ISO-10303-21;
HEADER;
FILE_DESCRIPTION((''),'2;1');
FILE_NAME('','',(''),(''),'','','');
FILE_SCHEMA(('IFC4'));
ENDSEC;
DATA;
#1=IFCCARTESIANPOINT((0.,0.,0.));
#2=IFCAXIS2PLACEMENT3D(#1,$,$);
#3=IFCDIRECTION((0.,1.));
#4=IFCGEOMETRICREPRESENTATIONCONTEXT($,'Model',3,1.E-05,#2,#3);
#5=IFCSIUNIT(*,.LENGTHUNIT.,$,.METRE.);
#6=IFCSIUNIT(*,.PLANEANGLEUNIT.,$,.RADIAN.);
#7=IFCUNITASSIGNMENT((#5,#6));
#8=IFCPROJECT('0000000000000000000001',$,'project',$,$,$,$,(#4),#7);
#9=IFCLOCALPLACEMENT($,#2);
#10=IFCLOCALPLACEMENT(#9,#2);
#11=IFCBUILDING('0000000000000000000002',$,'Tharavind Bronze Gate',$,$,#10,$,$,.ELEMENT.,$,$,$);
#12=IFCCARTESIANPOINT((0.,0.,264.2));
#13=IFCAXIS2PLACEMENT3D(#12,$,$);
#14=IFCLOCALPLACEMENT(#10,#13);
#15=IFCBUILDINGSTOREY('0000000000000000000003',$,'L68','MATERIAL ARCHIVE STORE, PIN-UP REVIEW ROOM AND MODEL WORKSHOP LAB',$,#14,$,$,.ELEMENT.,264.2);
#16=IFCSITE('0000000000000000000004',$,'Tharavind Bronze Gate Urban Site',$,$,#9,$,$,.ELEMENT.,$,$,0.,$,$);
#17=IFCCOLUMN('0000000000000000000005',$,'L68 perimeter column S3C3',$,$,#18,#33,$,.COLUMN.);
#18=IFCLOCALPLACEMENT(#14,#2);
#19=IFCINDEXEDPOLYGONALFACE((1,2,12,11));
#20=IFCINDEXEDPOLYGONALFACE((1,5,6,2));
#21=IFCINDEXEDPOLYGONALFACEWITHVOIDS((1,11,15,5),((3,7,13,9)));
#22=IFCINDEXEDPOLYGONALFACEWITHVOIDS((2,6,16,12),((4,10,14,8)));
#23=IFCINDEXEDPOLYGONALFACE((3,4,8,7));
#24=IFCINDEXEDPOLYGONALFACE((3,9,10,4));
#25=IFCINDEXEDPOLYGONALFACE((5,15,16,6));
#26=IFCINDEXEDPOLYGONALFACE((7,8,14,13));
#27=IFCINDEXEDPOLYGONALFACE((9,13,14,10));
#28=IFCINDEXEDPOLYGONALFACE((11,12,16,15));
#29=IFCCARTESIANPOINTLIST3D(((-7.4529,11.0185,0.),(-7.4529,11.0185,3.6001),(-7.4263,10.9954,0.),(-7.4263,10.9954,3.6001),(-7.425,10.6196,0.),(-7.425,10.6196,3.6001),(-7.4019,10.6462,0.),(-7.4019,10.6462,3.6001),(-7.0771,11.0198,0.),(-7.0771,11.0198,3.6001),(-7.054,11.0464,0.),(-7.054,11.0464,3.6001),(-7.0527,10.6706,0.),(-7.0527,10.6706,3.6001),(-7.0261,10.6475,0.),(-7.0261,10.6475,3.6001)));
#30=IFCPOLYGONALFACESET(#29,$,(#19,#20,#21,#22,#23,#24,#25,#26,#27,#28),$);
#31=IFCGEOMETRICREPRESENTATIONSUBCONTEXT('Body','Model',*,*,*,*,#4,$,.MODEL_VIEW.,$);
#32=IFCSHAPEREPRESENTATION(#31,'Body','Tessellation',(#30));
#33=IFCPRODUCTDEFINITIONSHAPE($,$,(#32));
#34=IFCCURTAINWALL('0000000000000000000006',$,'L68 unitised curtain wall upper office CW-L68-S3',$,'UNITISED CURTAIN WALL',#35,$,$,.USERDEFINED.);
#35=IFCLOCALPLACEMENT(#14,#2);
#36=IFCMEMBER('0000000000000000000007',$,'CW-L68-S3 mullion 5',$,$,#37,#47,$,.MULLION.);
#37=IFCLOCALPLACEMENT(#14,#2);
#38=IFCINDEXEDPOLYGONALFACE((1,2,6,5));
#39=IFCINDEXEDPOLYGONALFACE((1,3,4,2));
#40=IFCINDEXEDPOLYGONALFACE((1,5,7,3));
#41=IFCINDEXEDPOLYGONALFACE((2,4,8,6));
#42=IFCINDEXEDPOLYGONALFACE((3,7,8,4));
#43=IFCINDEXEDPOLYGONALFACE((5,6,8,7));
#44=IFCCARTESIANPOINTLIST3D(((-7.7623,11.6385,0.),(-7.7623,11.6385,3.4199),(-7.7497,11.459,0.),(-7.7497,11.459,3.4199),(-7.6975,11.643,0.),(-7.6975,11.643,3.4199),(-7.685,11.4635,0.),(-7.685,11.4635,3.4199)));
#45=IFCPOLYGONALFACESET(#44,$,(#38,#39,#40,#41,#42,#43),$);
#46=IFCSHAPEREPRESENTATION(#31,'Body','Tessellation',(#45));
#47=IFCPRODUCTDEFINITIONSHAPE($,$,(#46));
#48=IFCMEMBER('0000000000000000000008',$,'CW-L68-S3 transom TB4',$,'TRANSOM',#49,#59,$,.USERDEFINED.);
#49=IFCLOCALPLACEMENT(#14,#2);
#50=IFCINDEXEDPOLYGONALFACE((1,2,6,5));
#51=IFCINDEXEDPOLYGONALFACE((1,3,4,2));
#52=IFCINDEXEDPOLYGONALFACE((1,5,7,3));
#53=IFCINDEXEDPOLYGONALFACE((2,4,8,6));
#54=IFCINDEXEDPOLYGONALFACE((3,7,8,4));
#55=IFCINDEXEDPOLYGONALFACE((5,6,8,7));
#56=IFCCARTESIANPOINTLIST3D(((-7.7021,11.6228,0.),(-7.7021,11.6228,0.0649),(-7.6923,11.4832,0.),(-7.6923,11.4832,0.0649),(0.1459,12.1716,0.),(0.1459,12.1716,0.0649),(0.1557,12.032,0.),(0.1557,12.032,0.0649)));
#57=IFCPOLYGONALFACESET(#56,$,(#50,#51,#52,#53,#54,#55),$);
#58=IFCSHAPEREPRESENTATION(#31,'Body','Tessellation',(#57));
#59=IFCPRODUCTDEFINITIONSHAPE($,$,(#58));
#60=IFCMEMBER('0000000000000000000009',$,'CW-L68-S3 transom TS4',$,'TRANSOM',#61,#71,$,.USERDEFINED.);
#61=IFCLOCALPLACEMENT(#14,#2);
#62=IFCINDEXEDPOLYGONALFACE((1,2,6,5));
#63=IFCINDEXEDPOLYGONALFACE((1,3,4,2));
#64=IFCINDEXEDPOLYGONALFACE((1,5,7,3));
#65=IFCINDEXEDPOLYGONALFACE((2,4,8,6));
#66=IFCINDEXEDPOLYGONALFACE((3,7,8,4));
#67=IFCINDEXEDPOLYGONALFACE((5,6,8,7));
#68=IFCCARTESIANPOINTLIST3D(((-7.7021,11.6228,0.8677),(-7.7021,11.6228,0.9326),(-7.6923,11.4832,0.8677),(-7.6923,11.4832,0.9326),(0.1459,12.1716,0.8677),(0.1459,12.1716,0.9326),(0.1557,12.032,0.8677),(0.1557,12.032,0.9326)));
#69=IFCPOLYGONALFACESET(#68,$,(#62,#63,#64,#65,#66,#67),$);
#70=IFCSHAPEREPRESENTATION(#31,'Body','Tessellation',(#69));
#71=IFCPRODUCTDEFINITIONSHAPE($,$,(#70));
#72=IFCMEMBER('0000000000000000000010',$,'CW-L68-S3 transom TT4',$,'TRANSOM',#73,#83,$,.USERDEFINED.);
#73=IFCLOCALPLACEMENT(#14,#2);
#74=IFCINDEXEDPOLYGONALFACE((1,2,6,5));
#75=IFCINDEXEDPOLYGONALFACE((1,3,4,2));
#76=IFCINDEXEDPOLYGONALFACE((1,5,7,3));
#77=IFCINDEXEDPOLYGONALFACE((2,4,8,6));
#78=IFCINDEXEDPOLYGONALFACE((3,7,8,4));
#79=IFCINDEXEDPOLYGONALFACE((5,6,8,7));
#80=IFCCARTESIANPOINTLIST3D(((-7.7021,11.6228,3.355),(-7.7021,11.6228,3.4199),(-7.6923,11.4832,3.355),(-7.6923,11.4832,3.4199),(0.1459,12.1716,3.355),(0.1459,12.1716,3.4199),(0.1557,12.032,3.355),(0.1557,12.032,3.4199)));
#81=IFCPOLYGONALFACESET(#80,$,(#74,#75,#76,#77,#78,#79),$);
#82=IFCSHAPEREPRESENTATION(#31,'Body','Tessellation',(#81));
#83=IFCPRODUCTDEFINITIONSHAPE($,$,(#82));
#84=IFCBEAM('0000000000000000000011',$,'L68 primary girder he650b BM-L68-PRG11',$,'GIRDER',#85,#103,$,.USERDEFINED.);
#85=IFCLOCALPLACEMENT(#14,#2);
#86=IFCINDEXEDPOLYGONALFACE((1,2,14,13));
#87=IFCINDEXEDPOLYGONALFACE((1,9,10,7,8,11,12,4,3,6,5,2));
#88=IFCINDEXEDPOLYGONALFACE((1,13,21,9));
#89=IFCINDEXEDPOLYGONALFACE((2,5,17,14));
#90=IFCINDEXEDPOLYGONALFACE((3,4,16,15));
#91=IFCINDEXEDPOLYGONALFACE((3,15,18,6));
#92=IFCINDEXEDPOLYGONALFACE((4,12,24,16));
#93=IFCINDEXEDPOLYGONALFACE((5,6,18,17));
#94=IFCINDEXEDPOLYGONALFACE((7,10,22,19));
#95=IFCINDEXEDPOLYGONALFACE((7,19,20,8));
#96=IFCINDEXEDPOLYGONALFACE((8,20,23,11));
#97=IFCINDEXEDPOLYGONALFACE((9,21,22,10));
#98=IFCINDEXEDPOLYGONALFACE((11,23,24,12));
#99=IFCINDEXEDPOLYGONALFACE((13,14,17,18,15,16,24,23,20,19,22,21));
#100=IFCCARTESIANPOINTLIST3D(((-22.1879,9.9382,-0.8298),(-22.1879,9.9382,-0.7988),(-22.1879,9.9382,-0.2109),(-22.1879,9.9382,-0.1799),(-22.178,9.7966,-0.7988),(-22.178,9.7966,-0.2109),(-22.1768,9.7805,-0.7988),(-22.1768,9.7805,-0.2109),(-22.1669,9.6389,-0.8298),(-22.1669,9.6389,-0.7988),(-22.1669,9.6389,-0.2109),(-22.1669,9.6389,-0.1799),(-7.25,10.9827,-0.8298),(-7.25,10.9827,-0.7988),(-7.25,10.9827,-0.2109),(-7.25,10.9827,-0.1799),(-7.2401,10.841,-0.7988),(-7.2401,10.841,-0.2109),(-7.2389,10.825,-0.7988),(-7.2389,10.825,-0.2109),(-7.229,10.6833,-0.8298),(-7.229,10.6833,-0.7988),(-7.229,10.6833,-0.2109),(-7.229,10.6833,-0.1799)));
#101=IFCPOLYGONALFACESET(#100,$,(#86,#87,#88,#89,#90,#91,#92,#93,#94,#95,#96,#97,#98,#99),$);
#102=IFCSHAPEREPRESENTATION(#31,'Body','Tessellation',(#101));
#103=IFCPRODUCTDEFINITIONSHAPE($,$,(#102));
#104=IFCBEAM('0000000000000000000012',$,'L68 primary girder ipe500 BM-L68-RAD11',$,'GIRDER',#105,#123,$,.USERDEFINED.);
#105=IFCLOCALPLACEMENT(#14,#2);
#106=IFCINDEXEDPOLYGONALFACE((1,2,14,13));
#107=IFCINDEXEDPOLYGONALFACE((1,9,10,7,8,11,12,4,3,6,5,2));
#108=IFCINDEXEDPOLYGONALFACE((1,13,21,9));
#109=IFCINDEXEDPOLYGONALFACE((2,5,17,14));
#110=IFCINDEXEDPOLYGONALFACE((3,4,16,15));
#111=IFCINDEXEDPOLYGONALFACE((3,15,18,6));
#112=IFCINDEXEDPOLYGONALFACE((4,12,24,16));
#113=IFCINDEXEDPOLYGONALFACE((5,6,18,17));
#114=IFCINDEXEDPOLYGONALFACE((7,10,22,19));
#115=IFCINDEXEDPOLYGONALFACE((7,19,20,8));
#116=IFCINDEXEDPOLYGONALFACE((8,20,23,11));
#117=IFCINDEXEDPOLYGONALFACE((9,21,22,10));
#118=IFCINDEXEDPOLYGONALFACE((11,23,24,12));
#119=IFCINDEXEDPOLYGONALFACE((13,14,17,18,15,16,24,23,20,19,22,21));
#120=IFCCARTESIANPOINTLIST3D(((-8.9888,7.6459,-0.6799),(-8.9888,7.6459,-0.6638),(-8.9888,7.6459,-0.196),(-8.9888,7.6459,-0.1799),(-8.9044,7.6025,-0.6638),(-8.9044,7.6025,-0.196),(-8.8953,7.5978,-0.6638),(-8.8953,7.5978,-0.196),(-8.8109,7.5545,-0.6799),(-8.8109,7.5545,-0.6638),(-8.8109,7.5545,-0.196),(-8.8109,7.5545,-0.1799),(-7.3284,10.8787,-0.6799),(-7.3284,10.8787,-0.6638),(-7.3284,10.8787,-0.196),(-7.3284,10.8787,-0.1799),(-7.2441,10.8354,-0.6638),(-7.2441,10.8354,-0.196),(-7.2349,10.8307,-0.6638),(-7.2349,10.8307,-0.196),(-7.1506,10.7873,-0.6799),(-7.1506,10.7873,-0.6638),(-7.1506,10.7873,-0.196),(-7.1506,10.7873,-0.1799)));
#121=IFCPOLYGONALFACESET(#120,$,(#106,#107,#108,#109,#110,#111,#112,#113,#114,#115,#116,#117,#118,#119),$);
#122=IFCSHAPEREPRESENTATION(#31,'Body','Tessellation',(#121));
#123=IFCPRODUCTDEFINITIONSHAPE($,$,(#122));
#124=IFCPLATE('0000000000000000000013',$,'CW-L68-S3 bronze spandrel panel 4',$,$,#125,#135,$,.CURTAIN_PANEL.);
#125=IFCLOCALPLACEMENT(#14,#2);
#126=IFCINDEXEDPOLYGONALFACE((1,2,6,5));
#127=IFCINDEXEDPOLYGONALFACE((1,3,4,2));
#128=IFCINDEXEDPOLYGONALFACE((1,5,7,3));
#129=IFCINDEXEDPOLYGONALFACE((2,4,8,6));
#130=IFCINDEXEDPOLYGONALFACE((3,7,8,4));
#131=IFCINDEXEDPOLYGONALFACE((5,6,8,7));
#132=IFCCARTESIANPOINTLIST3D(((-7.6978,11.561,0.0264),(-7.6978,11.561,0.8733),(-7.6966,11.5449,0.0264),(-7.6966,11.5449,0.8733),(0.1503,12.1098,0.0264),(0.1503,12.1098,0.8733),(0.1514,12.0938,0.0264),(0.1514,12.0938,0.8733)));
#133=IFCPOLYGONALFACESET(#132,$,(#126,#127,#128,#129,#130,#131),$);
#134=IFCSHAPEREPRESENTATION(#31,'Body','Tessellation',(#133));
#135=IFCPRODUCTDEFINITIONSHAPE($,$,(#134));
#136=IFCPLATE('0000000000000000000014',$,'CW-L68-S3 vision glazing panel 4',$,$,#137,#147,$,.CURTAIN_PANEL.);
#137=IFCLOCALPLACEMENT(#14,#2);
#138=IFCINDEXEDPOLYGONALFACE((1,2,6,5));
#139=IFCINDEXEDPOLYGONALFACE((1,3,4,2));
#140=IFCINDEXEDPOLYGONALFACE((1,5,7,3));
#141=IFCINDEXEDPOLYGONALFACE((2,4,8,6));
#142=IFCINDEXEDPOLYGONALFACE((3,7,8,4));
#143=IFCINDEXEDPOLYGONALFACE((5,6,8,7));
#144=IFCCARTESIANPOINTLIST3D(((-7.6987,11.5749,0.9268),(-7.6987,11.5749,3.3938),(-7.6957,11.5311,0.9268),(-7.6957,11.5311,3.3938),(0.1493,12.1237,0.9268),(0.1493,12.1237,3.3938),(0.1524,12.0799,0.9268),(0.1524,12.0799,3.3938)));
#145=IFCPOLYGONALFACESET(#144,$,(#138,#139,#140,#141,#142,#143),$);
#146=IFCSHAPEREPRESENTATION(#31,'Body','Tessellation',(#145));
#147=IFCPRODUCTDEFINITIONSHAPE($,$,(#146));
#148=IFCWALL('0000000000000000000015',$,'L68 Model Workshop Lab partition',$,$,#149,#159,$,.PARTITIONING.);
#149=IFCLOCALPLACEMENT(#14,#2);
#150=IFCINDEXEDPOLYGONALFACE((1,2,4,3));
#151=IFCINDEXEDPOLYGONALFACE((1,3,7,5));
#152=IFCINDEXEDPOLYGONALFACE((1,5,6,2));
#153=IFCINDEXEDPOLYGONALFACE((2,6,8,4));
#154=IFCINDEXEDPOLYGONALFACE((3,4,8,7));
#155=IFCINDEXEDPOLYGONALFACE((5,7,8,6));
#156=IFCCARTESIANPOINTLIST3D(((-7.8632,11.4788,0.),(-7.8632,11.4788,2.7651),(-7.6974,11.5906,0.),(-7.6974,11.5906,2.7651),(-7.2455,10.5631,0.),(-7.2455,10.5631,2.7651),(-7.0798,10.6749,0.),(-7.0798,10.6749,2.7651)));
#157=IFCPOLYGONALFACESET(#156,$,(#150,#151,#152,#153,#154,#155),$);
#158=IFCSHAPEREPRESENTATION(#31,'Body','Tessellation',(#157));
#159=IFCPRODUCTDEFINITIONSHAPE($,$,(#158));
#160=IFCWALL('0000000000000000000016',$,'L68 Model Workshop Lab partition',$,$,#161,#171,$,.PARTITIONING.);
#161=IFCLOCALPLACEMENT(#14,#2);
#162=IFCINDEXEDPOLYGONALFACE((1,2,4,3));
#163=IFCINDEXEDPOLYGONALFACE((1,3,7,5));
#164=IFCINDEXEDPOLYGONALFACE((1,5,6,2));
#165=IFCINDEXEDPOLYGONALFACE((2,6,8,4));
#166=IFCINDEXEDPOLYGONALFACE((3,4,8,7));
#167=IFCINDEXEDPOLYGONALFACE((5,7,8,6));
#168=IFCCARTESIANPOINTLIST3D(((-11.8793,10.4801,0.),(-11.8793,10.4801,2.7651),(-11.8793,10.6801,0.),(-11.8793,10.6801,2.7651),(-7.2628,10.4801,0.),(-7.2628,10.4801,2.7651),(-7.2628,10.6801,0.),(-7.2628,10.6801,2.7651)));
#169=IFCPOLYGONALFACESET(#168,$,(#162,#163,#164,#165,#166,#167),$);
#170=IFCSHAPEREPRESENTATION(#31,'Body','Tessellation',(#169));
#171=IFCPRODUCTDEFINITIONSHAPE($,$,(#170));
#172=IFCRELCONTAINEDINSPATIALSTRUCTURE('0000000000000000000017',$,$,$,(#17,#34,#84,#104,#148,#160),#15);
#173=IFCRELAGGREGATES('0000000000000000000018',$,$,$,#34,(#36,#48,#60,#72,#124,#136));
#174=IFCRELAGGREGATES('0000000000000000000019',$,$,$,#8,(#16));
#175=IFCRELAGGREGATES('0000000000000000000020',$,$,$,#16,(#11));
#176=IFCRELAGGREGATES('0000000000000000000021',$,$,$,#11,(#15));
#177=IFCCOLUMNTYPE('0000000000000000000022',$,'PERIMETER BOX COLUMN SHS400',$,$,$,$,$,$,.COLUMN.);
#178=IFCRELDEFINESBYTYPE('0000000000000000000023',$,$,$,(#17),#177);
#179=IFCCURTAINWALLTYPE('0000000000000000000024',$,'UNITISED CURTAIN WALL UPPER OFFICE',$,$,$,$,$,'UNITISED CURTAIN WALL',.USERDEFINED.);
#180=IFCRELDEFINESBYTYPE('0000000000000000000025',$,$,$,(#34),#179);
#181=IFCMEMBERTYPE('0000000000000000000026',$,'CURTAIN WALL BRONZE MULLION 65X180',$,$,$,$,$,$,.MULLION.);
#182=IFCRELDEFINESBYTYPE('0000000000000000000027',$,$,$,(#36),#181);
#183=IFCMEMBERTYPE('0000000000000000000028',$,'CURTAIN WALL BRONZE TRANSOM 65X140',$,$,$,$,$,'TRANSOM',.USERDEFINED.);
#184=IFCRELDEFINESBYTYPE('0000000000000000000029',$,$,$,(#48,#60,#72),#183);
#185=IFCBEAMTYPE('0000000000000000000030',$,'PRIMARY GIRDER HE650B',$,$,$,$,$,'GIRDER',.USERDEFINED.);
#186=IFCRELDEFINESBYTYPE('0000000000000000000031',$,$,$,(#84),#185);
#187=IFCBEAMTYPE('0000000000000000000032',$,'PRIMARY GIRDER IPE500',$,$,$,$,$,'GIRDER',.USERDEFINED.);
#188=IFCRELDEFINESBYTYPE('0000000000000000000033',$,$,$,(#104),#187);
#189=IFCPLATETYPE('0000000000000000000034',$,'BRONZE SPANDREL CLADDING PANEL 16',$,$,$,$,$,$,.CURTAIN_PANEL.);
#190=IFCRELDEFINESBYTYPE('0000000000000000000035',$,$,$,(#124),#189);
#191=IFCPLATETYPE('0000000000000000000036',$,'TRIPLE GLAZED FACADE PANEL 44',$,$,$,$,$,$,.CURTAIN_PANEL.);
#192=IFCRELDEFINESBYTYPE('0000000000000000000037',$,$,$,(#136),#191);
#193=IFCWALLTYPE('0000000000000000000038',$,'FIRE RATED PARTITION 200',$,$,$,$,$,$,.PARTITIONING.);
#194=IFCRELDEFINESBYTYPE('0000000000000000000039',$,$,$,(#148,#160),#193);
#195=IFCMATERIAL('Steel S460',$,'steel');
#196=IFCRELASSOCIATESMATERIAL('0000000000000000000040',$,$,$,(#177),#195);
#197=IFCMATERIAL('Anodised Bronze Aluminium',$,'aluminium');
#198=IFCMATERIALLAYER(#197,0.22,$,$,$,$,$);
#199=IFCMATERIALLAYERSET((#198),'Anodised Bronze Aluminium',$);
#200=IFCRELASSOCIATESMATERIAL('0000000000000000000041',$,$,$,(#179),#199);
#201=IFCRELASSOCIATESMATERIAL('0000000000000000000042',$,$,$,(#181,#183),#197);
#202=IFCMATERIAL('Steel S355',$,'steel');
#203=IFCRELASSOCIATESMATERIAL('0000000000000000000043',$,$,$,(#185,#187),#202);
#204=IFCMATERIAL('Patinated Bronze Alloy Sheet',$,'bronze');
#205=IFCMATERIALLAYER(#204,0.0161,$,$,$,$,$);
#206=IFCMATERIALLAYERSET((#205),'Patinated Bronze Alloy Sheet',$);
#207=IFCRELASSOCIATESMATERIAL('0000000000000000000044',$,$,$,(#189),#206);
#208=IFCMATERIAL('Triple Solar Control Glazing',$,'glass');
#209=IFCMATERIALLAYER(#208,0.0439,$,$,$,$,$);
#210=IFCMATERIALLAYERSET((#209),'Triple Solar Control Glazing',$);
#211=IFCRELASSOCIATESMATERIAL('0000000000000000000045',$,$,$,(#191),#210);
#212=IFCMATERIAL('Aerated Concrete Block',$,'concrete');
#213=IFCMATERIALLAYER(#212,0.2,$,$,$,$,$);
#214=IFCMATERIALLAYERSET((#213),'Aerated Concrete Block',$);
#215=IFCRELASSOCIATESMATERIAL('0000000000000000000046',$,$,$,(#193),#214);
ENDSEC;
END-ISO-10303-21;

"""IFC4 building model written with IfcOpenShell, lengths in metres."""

from ifc_helpers import new_model, si_unit, direction, frame, frame_2d, origin, origin_2d, place, context, subcontext, project, spatial, rectangle, hollow_rectangle, i_section, extrude, material, layer, layer_set, material_profile, profile_set, type_object, element, aggregate, save


model = new_model("IFC4")

# Units and contexts
model_context = context("Model", 3, precision=1e-05, world=origin(), true_north=direction((0.0, 1.0)))
body_context = subcontext(model_context, "Body", "Model", "MODEL_VIEW")
ifc_project = project(units=[si_unit("LENGTHUNIT", "METRE"), si_unit("PLANEANGLEUNIT", "RADIAN")], contexts=[model_context])

# Site, building, storey
site_placement = place(None, origin())
site = spatial("IfcSite", under=ifc_project, at=site_placement, Name="Tharavind Bronze Gate Urban Site", CompositionType="ELEMENT", RefElevation=0.0)
building_placement = place(site_placement, origin())
building = spatial("IfcBuilding", under=site, at=building_placement, Name="Tharavind Bronze Gate", CompositionType="ELEMENT")
storey_placement = place(building_placement, frame((0.0, 0.0, 264.2)))
storey = spatial("IfcBuildingStorey", under=building, at=storey_placement, Name="L68", Description="MATERIAL ARCHIVE STORE, PIN-UP REVIEW ROOM AND MODEL WORKSHOP LAB", CompositionType="ELEMENT", Elevation=264.2)

# Column
ifc_material_1 = material(Name="Steel S460", Category="steel")
ifc_material_profile_1 = material_profile(ifc_material_1, hollow_rectangle(XDim=0.3999, YDim=0.3999, WallThickness=0.0249, at=origin_2d()), Name="SHS400X25")
ifc_profile_set_1 = profile_set([ifc_material_profile_1], Name="Steel S460")
column_type = type_object("IfcColumnType", Name="PERIMETER BOX COLUMN SHS400", PredefinedType="COLUMN", material=ifc_profile_set_1)
column_placement = place(storey_placement, frame((-7.2395, 10.833, 0.0), z_axis=(0.0, 0.0, 1.0), x_axis=(0.997564, 0.069758, 0.0)))
element("IfcColumn", 1, at=column_placement, inside=storey, type_object=column_type, Name="L68 perimeter column S3C3", PredefinedType="COLUMN", context=body_context, shape_type="SweptSolid", body=[
    extrude(hollow_rectangle(XDim=0.3999, YDim=0.3999, WallThickness=0.0249, at=origin_2d()), origin(), (0.0, 0.0, 1.0), 3.6001),
])

# Curtain wall, members
ifc_material_2 = material(Name="Anodised Bronze Aluminium", Category="aluminium")
ifc_layer_1 = layer(ifc_material_2, 0.22)
ifc_layer_set_1 = layer_set([ifc_layer_1], Name="Anodised Bronze Aluminium")
curtain_wall_type = type_object("IfcCurtainWallType", Name="UNITISED CURTAIN WALL UPPER OFFICE", ElementType="UNITISED CURTAIN WALL", PredefinedType="USERDEFINED", material=ifc_layer_set_1)
curtain_wall_placement = place(storey_placement, origin())
curtain_wall = element("IfcCurtainWall", 2, at=curtain_wall_placement, inside=storey, type_object=curtain_wall_type, Name="L68 unitised curtain wall upper office CW-L68-S3", ObjectType="UNITISED CURTAIN WALL", PredefinedType="USERDEFINED")
member_type_1 = type_object("IfcMemberType", Name="CURTAIN WALL BRONZE MULLION 65X180", PredefinedType="MULLION", material=ifc_material_2)
member_1_placement = place(storey_placement, frame((-7.7236, 11.551, 0.0), z_axis=(0.0, 0.0, 1.0), x_axis=(-0.997564, -0.06976, 0.0)))
member_1 = element("IfcMember", 3, at=member_1_placement, type_object=member_type_1, Name="CW-L68-S3 mullion 5", PredefinedType="MULLION", context=body_context, shape_type="SweptSolid", body=[
    extrude(rectangle(XDim=0.0649, YDim=0.1799, at=origin_2d()), origin(), (0.0, 0.0, 1.0), 3.4199),
])
member_type_2 = type_object("IfcMemberType", Name="CURTAIN WALL BRONZE TRANSOM 65X140", ElementType="TRANSOM", PredefinedType="USERDEFINED", material=ifc_material_2)
member_2_placement = place(storey_placement, frame((-3.7732, 11.8274, 0.0), z_axis=(0.0, 0.0, 1.0), x_axis=(-0.997564, -0.06976, 0.0)))
member_2 = element("IfcMember", 4, at=member_2_placement, type_object=member_type_2, Name="CW-L68-S3 transom TB4", ObjectType="TRANSOM", PredefinedType="USERDEFINED", context=body_context, shape_type="SweptSolid", body=[
    extrude(rectangle(XDim=7.8672, YDim=0.1399, at=origin_2d()), origin(), (0.0, 0.0, 1.0), 0.0649),
])
member_3_placement = place(storey_placement, frame((-3.7732, 11.8274, 0.8677), z_axis=(0.0, 0.0, 1.0), x_axis=(-0.997564, -0.06976, 0.0)))
member_3 = element("IfcMember", 5, at=member_3_placement, type_object=member_type_2, Name="CW-L68-S3 transom TS4", ObjectType="TRANSOM", PredefinedType="USERDEFINED", context=body_context, shape_type="SweptSolid", body=[
    extrude(rectangle(XDim=7.8672, YDim=0.1399, at=origin_2d()), origin(), (0.0, 0.0, 1.0), 0.0649),
])
member_4_placement = place(storey_placement, frame((-3.7732, 11.8274, 3.355), z_axis=(0.0, 0.0, 1.0), x_axis=(-0.997564, -0.06976, 0.0)))
member_4 = element("IfcMember", 6, at=member_4_placement, type_object=member_type_2, Name="CW-L68-S3 transom TT4", ObjectType="TRANSOM", PredefinedType="USERDEFINED", context=body_context, shape_type="SweptSolid", body=[
    extrude(rectangle(XDim=7.8672, YDim=0.1399, at=origin_2d()), origin(), (0.0, 0.0, 1.0), 0.0649),
])

# Beams
ifc_material_3 = material(Name="Steel S355", Category="steel")
ifc_material_profile_2 = material_profile(ifc_material_3, i_section(OverallWidth=0.3, OverallDepth=0.6499, WebThickness=0.0161, FlangeThickness=0.031, at=origin_2d()), Name="HE650B")
ifc_profile_set_2 = profile_set([ifc_material_profile_2], Name="Steel S355")
beam_type_1 = type_object("IfcBeamType", Name="PRIMARY GIRDER HE650B", ElementType="GIRDER", PredefinedType="USERDEFINED", material=ifc_profile_set_2)
beam_1_placement = place(storey_placement, frame((-7.2395, 10.833, -0.5049), z_axis=(-0.997565, -0.069748, 0.0), x_axis=(0.069748, -0.997565, 0.0)))
element("IfcBeam", 7, at=beam_1_placement, inside=storey, type_object=beam_type_1, Name="L68 primary girder he650b BM-L68-PRG11", ObjectType="GIRDER", PredefinedType="USERDEFINED", context=body_context, shape_type="SweptSolid", body=[
    extrude(i_section(OverallWidth=0.3, OverallDepth=0.6499, WebThickness=0.0161, FlangeThickness=0.031, at=origin_2d()), origin(), (0.0, 0.0, 1.0), 14.9744),
])
ifc_material_profile_3 = material_profile(ifc_material_3, i_section(OverallWidth=0.2, OverallDepth=0.5, WebThickness=0.0103, FlangeThickness=0.0161, at=origin_2d()), Name="IPE500")
ifc_profile_set_3 = profile_set([ifc_material_profile_3], Name="Steel S355")
beam_type_2 = type_object("IfcBeamType", Name="PRIMARY GIRDER IPE500", ElementType="GIRDER", PredefinedType="USERDEFINED", material=ifc_profile_set_3)
beam_2_placement = place(storey_placement, frame((-7.2395, 10.833, -0.4299), z_axis=(-0.456861, -0.889538, 0.0), x_axis=(0.889538, -0.456861, 0.0)))
element("IfcBeam", 8, at=beam_2_placement, inside=storey, type_object=beam_type_2, Name="L68 primary girder ipe500 BM-L68-RAD11", ObjectType="GIRDER", PredefinedType="USERDEFINED", context=body_context, shape_type="SweptSolid", body=[
    extrude(i_section(OverallWidth=0.2, OverallDepth=0.5, WebThickness=0.0103, FlangeThickness=0.0161, at=origin_2d()), origin(), (0.0, 0.0, 1.0), 3.6343),
])

# Plates
ifc_material_4 = material(Name="Patinated Bronze Alloy Sheet", Category="bronze")
ifc_layer_2 = layer(ifc_material_4, 0.0161)
ifc_layer_set_2 = layer_set([ifc_layer_2], Name="Patinated Bronze Alloy Sheet")
plate_type_1 = type_object("IfcPlateType", Name="BRONZE SPANDREL CLADDING PANEL 16", PredefinedType="CURTAIN_PANEL", material=ifc_layer_set_2)
plate_1_placement = place(storey_placement, frame((-3.7732, 11.8274, 0.0264), z_axis=(0.0, 0.0, 1.0), x_axis=(-0.997564, -0.06976, 0.0)))
plate_1 = element("IfcPlate", 9, at=plate_1_placement, type_object=plate_type_1, Name="CW-L68-S3 bronze spandrel panel 4", PredefinedType="CURTAIN_PANEL", context=body_context, shape_type="SweptSolid", body=[
    extrude(rectangle(XDim=7.8672, YDim=0.0161, at=origin_2d()), origin(), (0.0, 0.0, 1.0), 0.8469),
])
ifc_material_5 = material(Name="Triple Solar Control Glazing", Category="glass")
ifc_layer_3 = layer(ifc_material_5, 0.0439)
ifc_layer_set_3 = layer_set([ifc_layer_3], Name="Triple Solar Control Glazing")
plate_type_2 = type_object("IfcPlateType", Name="TRIPLE GLAZED FACADE PANEL 44", PredefinedType="CURTAIN_PANEL", material=ifc_layer_set_3)
plate_2_placement = place(storey_placement, frame((-3.7732, 11.8274, 0.9268), z_axis=(0.0, 0.0, 1.0), x_axis=(-0.997564, -0.06976, 0.0)))
plate_2 = element("IfcPlate", 10, at=plate_2_placement, type_object=plate_type_2, Name="CW-L68-S3 vision glazing panel 4", PredefinedType="CURTAIN_PANEL", context=body_context, shape_type="SweptSolid", body=[
    extrude(rectangle(XDim=7.8672, YDim=0.0439, at=origin_2d()), origin(), (0.0, 0.0, 1.0), 2.467),
])
aggregate(curtain_wall, [member_1, member_2, member_3, member_4, plate_1, plate_2])

# Walls
ifc_material_6 = material(Name="Aerated Concrete Block", Category="concrete")
ifc_layer_4 = layer(ifc_material_6, 0.2)
ifc_layer_set_4 = layer_set([ifc_layer_4], Name="Aerated Concrete Block")
wall_type_1 = type_object("IfcWallType", Name="FIRE RATED PARTITION 200", PredefinedType="PARTITIONING", material=ifc_layer_set_4)
wall_1_placement = place(storey_placement, frame((-7.7803, 11.5347, 0.0), z_axis=(0.0, 0.0, 1.0), x_axis=(0.559181, -0.829046, 0.0)))
element("IfcWall", 11, at=wall_1_placement, inside=storey, type_object=wall_type_1, Name="L68 Model Workshop Lab partition", PredefinedType="PARTITIONING", context=body_context, shape_type="SweptSolid", body=[
    extrude(rectangle(XDim=1.1045, YDim=0.2, at=frame_2d((0.5522, 0.0))), origin(), (0.0, 0.0, 1.0), 2.7651),
])
wall_2_placement = place(storey_placement, frame((-7.2629, 10.5801, 0.0), z_axis=(0.0, 0.0, 1.0), x_axis=(-1.0, 0.0, 0.0)))
element("IfcWall", 12, at=wall_2_placement, inside=storey, type_object=wall_type_1, Name="L68 Model Workshop Lab partition", PredefinedType="PARTITIONING", context=body_context, shape_type="SweptSolid", body=[
    extrude(rectangle(XDim=4.6165, YDim=0.2, at=frame_2d((2.3081, 0.0))), origin(), (0.0, 0.0, 1.0), 2.7651),
])

save(model, "model.ifc")
